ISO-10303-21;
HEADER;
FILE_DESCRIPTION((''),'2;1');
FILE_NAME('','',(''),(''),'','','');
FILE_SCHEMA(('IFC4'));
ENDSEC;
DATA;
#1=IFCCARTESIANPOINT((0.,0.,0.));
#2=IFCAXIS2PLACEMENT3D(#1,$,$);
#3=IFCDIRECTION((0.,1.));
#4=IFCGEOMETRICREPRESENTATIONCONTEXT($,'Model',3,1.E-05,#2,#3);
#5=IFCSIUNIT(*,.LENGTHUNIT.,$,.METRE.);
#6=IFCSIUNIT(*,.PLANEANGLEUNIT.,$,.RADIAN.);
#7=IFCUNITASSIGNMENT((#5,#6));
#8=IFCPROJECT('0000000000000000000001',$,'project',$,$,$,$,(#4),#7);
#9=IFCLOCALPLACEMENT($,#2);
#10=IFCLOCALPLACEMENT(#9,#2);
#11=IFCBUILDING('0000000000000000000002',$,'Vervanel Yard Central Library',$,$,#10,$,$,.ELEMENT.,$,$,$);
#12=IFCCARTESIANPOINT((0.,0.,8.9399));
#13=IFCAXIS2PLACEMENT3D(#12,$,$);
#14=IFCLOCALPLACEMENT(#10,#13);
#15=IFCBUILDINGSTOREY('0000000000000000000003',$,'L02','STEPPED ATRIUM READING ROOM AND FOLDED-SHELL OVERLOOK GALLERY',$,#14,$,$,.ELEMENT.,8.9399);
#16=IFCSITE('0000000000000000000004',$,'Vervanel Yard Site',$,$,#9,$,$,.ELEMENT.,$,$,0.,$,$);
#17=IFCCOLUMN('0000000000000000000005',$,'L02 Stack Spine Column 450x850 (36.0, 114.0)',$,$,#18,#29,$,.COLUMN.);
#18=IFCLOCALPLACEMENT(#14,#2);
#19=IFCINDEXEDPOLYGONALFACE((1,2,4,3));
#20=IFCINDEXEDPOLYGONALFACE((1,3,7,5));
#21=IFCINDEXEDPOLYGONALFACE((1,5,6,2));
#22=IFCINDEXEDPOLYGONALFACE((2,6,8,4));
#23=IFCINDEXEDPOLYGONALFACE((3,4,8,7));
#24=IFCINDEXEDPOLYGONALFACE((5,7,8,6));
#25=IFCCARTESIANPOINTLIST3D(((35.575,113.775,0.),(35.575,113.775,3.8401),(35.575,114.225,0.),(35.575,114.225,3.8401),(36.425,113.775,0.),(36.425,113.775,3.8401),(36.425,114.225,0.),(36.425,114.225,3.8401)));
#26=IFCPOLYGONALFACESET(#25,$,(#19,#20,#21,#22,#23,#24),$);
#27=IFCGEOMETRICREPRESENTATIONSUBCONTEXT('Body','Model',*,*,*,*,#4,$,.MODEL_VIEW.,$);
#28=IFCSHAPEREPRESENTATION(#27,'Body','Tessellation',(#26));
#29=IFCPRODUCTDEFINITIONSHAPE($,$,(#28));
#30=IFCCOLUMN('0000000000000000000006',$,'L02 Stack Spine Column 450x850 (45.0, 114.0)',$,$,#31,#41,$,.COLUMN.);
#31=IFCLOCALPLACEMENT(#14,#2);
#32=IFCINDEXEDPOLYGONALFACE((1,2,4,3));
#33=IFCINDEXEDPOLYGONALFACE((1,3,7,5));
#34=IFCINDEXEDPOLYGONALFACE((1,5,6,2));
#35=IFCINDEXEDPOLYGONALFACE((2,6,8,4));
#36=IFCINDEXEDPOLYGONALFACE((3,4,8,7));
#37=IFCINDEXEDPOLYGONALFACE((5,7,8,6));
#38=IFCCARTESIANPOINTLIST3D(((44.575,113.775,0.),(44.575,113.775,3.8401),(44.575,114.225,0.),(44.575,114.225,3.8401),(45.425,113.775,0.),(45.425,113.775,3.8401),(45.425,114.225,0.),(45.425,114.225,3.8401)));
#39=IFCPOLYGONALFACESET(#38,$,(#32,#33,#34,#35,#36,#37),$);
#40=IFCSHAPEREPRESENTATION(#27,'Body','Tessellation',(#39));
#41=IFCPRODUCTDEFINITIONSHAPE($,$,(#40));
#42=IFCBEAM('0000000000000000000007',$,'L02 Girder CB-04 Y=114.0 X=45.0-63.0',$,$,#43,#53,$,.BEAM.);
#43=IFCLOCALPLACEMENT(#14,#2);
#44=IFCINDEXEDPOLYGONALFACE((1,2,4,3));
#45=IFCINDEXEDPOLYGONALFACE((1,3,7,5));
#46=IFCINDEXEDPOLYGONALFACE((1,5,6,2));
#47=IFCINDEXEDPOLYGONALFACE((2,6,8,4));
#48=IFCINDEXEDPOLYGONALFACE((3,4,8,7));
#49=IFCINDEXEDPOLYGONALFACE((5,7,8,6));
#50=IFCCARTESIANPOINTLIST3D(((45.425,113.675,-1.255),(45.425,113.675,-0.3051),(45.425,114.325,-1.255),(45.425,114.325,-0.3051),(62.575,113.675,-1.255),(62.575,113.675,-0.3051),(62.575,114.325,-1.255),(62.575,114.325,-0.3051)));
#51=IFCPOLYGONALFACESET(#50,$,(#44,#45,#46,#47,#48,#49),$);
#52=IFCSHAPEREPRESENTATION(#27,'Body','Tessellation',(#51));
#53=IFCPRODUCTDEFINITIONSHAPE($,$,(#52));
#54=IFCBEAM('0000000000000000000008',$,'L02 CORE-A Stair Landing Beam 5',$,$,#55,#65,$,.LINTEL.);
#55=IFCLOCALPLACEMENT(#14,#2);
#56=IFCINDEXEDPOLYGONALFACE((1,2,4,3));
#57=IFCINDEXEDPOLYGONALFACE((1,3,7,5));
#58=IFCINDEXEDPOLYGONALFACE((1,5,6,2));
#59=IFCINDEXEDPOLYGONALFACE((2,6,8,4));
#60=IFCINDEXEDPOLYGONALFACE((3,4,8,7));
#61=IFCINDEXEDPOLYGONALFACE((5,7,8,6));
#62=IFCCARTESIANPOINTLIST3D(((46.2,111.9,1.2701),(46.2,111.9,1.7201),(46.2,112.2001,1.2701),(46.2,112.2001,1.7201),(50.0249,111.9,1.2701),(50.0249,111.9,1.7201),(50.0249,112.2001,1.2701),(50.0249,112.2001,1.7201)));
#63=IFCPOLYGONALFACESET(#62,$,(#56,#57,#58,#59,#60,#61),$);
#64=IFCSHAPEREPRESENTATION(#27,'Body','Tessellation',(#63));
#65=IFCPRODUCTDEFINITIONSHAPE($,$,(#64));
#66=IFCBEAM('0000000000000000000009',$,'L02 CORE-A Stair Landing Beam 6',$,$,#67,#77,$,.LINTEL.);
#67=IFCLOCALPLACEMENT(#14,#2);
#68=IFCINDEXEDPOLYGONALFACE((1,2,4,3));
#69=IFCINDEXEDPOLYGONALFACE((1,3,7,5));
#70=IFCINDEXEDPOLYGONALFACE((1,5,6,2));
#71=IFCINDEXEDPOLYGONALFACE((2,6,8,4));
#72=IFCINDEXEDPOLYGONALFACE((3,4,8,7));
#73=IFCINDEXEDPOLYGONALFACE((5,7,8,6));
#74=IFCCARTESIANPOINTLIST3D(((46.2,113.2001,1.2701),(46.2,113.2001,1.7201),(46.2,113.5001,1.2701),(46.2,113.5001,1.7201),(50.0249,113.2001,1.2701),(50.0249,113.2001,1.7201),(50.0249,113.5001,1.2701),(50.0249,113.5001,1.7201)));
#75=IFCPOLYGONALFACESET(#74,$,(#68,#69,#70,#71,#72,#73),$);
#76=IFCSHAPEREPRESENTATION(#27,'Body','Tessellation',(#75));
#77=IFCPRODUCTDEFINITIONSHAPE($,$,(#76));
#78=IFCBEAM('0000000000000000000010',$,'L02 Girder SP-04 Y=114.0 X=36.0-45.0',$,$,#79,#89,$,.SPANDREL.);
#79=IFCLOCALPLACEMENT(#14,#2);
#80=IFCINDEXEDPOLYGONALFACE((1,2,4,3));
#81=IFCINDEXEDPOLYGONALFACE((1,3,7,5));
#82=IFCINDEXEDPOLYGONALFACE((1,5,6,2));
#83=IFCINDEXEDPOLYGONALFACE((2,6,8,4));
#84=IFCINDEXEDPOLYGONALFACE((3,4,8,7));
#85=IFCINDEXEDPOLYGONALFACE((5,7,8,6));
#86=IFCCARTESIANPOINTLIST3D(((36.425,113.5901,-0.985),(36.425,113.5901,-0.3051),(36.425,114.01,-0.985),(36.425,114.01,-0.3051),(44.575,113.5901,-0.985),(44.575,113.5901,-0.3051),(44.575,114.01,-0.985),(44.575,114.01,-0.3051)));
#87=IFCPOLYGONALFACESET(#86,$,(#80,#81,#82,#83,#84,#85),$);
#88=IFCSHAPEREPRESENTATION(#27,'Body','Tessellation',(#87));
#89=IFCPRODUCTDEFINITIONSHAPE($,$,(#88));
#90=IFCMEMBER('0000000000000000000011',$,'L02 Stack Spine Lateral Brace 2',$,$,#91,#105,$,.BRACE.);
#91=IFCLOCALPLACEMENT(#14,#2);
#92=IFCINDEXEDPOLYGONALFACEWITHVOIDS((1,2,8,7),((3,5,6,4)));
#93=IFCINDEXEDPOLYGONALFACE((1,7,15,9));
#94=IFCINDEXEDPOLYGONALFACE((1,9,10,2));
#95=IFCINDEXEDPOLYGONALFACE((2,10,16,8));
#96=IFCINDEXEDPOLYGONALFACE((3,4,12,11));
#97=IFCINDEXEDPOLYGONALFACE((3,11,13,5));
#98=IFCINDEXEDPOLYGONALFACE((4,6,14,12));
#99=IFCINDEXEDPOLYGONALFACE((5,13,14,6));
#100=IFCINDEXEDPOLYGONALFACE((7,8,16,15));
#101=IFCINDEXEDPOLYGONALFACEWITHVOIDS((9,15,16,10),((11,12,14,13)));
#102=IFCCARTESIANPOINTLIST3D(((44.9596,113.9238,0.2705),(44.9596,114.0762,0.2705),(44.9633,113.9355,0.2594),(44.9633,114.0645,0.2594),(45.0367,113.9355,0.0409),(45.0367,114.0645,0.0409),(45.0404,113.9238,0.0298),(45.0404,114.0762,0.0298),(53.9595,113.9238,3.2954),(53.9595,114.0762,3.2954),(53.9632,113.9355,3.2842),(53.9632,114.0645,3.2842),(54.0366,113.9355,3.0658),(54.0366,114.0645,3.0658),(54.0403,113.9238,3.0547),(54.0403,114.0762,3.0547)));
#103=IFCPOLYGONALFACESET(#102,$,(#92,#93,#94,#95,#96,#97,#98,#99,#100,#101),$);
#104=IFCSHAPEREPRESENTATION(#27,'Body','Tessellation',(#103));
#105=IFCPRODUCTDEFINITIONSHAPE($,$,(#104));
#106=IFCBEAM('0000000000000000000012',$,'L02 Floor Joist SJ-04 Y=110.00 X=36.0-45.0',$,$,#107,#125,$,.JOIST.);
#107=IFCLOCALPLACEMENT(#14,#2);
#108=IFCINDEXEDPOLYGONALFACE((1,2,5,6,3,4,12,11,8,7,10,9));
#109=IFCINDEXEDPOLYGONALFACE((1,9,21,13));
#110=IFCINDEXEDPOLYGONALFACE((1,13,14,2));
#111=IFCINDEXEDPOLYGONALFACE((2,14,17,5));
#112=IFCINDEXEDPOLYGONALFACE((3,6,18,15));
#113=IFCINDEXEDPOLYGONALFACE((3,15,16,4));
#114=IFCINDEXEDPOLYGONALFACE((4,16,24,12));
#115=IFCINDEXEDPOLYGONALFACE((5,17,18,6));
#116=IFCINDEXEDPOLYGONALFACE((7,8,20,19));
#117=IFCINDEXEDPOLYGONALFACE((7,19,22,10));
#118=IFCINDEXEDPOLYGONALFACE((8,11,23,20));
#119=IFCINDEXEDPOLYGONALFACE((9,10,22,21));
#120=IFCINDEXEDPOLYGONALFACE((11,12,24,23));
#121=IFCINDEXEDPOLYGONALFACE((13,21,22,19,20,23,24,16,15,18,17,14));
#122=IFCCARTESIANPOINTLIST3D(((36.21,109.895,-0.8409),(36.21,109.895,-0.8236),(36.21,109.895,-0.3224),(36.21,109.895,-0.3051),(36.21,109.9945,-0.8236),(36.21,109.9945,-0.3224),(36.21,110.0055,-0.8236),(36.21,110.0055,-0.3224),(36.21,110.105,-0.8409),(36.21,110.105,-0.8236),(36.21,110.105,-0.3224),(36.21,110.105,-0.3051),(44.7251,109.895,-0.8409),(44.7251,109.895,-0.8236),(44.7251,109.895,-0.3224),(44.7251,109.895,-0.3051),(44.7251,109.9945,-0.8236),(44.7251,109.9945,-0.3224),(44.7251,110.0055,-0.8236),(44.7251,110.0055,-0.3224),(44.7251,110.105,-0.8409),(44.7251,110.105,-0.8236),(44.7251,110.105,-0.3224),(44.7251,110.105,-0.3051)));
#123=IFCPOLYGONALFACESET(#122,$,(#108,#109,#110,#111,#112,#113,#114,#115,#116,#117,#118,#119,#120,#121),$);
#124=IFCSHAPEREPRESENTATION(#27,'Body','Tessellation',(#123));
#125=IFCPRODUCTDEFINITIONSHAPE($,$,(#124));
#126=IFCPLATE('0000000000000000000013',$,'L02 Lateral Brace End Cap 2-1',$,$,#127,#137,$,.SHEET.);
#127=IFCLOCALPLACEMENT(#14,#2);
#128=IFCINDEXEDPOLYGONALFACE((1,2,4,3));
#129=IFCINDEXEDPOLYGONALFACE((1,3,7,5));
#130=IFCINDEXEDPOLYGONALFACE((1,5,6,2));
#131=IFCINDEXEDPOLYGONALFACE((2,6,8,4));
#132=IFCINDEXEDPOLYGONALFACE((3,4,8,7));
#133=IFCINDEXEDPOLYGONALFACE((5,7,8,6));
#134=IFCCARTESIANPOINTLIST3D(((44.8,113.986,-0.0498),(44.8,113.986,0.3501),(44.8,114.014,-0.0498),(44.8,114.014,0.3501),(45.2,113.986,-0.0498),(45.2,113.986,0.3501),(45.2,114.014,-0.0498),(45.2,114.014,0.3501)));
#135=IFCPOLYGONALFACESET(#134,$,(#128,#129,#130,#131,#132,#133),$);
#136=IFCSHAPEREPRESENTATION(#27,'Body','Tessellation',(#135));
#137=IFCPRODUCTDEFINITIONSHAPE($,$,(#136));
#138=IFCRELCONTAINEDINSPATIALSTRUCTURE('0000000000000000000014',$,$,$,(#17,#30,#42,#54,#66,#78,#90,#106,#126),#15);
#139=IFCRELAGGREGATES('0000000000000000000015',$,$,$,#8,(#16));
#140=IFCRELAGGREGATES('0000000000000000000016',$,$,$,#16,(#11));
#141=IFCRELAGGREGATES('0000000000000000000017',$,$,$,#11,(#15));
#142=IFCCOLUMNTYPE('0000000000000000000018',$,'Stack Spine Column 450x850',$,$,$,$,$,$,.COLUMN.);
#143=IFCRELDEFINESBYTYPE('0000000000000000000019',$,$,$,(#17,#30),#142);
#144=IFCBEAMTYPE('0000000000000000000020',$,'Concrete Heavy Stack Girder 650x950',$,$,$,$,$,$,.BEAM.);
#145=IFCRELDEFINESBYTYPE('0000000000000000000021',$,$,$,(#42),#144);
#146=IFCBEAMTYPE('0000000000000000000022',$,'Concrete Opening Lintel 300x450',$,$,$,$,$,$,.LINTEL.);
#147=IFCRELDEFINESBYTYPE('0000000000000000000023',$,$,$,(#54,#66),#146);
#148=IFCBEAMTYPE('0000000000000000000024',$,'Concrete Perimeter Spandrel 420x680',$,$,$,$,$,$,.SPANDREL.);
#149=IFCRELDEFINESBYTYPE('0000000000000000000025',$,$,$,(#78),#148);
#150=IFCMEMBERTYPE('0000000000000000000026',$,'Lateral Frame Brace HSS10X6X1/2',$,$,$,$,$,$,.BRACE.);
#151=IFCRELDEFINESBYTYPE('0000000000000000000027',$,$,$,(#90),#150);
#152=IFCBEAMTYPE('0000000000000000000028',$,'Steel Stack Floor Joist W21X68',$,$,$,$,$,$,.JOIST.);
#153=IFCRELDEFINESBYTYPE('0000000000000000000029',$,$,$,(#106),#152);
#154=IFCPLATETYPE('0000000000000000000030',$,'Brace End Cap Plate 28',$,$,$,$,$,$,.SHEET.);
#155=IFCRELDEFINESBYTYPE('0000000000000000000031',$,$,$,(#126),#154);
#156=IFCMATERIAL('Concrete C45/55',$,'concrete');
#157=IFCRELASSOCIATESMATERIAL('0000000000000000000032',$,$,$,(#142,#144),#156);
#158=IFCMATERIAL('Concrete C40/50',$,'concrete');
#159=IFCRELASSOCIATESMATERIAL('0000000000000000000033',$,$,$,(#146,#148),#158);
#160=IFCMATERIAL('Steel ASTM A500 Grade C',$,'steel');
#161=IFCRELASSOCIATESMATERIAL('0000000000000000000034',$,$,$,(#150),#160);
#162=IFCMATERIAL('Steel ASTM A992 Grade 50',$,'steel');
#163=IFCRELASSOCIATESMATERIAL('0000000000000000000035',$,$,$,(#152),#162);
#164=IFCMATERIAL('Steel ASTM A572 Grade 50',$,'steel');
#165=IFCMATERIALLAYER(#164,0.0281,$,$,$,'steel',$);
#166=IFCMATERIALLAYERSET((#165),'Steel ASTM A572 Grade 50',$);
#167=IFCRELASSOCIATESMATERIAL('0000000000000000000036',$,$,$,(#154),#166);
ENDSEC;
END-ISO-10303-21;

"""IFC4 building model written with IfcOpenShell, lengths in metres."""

from ifc_helpers import new_model, si_unit, direction, frame, origin, origin_2d, place, context, subcontext, project, spatial, rectangle, hollow_rectangle, i_section, extrude, material, layer, layer_set, material_profile, profile_set, type_object, element, save


model = new_model("IFC4")

# Units and contexts
model_context = context("Model", 3, precision=1e-05, world=origin(), true_north=direction((0.0, 1.0)))
body_context = subcontext(model_context, "Body", "Model", "MODEL_VIEW")
ifc_project = project(units=[si_unit("LENGTHUNIT", "METRE"), si_unit("PLANEANGLEUNIT", "RADIAN")], contexts=[model_context])

# Site, building, storey
site_placement = place(None, origin())
site = spatial("IfcSite", under=ifc_project, at=site_placement, Name="Vervanel Yard Site", CompositionType="ELEMENT", RefElevation=0.0)
building_placement = place(site_placement, origin())
building = spatial("IfcBuilding", under=site, at=building_placement, Name="Vervanel Yard Central Library", CompositionType="ELEMENT")
storey_placement = place(building_placement, frame((0.0, 0.0, 8.9399)))
storey = spatial("IfcBuildingStorey", under=building, at=storey_placement, Name="L02", Description="STEPPED ATRIUM READING ROOM AND FOLDED-SHELL OVERLOOK GALLERY", CompositionType="ELEMENT", Elevation=8.9399)

# Columns
ifc_material_1 = material(Name="Concrete C45/55", Category="concrete")
ifc_material_profile_1 = material_profile(ifc_material_1, rectangle(XDim=0.45, YDim=0.8501, at=origin_2d()), Name="RC 450x850", Category="concrete")
ifc_profile_set_1 = profile_set([ifc_material_profile_1], Name="Concrete C45/55")
column_type = type_object("IfcColumnType", Name="Stack Spine Column 450x850", PredefinedType="COLUMN", material=ifc_profile_set_1)
for number, where, z_axis, x_axis, name in (
    (1, (36.0, 114.0, 0.0), (0.0, 0.0, 1.0), (0.0, 1.0, 0.0), "L02 Stack Spine Column 450x850 (36.0, 114.0)"),
    (2, (45.0, 114.0, 0.0), (0.0, 0.0, 1.0), (0.0, 1.0, 0.0), "L02 Stack Spine Column 450x850 (45.0, 114.0)"),
):
    element("IfcColumn", number, at=place(storey_placement, frame(where, z_axis=z_axis, x_axis=x_axis)), inside=storey, type_object=column_type, Name=name, PredefinedType="COLUMN", context=body_context, shape_type="SweptSolid", body=[
        extrude(rectangle(XDim=0.45, YDim=0.8501, at=origin_2d()), origin(), (0.0, 0.0, 1.0), 3.8401),
    ])

# Beams
ifc_material_profile_2 = material_profile(ifc_material_1, rectangle(XDim=0.6499, YDim=0.95, at=origin_2d()), Name="RC 650x950", Category="concrete")
ifc_profile_set_2 = profile_set([ifc_material_profile_2], Name="Concrete C45/55")
beam_type_1 = type_object("IfcBeamType", Name="Concrete Heavy Stack Girder 650x950", PredefinedType="BEAM", material=ifc_profile_set_2)
beam_1_placement = place(storey_placement, frame((45.425, 114.0, -0.78), z_axis=(1.0, 0.0, 0.0), x_axis=(0.0, 1.0, 0.0)))
element("IfcBeam", 3, at=beam_1_placement, inside=storey, type_object=beam_type_1, Name="L02 Girder CB-04 Y=114.0 X=45.0-63.0", PredefinedType="BEAM", context=body_context, shape_type="SweptSolid", body=[
    extrude(rectangle(XDim=0.6499, YDim=0.95, at=origin_2d()), origin(), (0.0, 0.0, 1.0), 17.1499),
])
ifc_material_2 = material(Name="Concrete C40/50", Category="concrete")
ifc_material_profile_3 = material_profile(ifc_material_2, rectangle(XDim=0.3, YDim=0.45, at=origin_2d()), Name="RC 300x450", Category="concrete")
ifc_profile_set_3 = profile_set([ifc_material_profile_3], Name="Concrete C40/50")
beam_type_2 = type_object("IfcBeamType", Name="Concrete Opening Lintel 300x450", PredefinedType="LINTEL", material=ifc_profile_set_3)
for number, where, z_axis, x_axis, name in (
    (4, (46.2, 112.05, 1.4951), (1.0, 0.0, 0.0), (0.0, 1.0, 0.0), "L02 CORE-A Stair Landing Beam 5"),
    (5, (46.2, 113.3501, 1.4951), (1.0, 0.0, 0.0), (0.0, 1.0, 0.0), "L02 CORE-A Stair Landing Beam 6"),
):
    element("IfcBeam", number, at=place(storey_placement, frame(where, z_axis=z_axis, x_axis=x_axis)), inside=storey, type_object=beam_type_2, Name=name, PredefinedType="LINTEL", context=body_context, shape_type="SweptSolid", body=[
        extrude(rectangle(XDim=0.3, YDim=0.45, at=origin_2d()), origin(), (0.0, 0.0, 1.0), 3.825),
    ])
ifc_material_profile_4 = material_profile(ifc_material_2, rectangle(XDim=0.4199, YDim=0.6799, at=origin_2d()), Name="RC 420x680", Category="concrete")
ifc_profile_set_4 = profile_set([ifc_material_profile_4], Name="Concrete C40/50")
beam_type_3 = type_object("IfcBeamType", Name="Concrete Perimeter Spandrel 420x680", PredefinedType="SPANDREL", material=ifc_profile_set_4)
beam_2_placement = place(storey_placement, frame((36.425, 113.8, -0.645), z_axis=(1.0, 0.0, 0.0), x_axis=(0.0, 1.0, 0.0)))
element("IfcBeam", 6, at=beam_2_placement, inside=storey, type_object=beam_type_3, Name="L02 Girder SP-04 Y=114.0 X=36.0-45.0", PredefinedType="SPANDREL", context=body_context, shape_type="SweptSolid", body=[
    extrude(rectangle(XDim=0.4199, YDim=0.6799, at=origin_2d()), origin(), (0.0, 0.0, 1.0), 8.1499),
])

# Member
ifc_material_3 = material(Name="Steel ASTM A500 Grade C", Category="steel")
ifc_material_profile_5 = material_profile(ifc_material_3, hollow_rectangle(XDim=0.1523, YDim=0.2539, WallThickness=0.0117, at=origin_2d()), Name="HSS10X6X1/2", Category="steel")
ifc_profile_set_5 = profile_set([ifc_material_profile_5], Name="Steel ASTM A500 Grade C")
member_type = type_object("IfcMemberType", Name="Lateral Frame Brace HSS10X6X1/2", PredefinedType="BRACE", material=ifc_profile_set_5)
member_placement = place(storey_placement, frame((45.0, 114.0, 0.1501), z_axis=(0.947894, 0.0, 0.318587), x_axis=(0.0, 1.0, 0.0)))
element("IfcMember", 7, at=member_placement, inside=storey, type_object=member_type, Name="L02 Stack Spine Lateral Brace 2", PredefinedType="BRACE", context=body_context, shape_type="SweptSolid", body=[
    extrude(hollow_rectangle(XDim=0.1523, YDim=0.2539, WallThickness=0.0117, at=origin_2d()), origin(), (0.0, 0.0, 1.0), 9.4946),
])

# Beam
ifc_material_4 = material(Name="Steel ASTM A992 Grade 50", Category="steel")
ifc_material_profile_6 = material_profile(ifc_material_4, i_section(OverallWidth=0.21, OverallDepth=0.5359, WebThickness=0.011, FlangeThickness=0.0173, at=origin_2d()), Name="W21X68", Category="steel")
ifc_profile_set_6 = profile_set([ifc_material_profile_6], Name="Steel ASTM A992 Grade 50")
beam_type_4 = type_object("IfcBeamType", Name="Steel Stack Floor Joist W21X68", PredefinedType="JOIST", material=ifc_profile_set_6)
beam_3_placement = place(storey_placement, frame((36.21, 110.0, -0.573), z_axis=(1.0, 0.0, 0.0), x_axis=(0.0, 1.0, 0.0)))
element("IfcBeam", 8, at=beam_3_placement, inside=storey, type_object=beam_type_4, Name="L02 Floor Joist SJ-04 Y=110.00 X=36.0-45.0", PredefinedType="JOIST", context=body_context, shape_type="SweptSolid", body=[
    extrude(i_section(OverallWidth=0.21, OverallDepth=0.5359, WebThickness=0.011, FlangeThickness=0.0173, at=origin_2d()), origin(), (0.0, 0.0, 1.0), 8.5151),
])

# Plate
ifc_material_5 = material(Name="Steel ASTM A572 Grade 50", Category="steel")
ifc_layer_1 = layer(ifc_material_5, 0.0281, Category="steel")
ifc_layer_set_1 = layer_set([ifc_layer_1], Name="Steel ASTM A572 Grade 50")
plate_type = type_object("IfcPlateType", Name="Brace End Cap Plate 28", PredefinedType="SHEET", material=ifc_layer_set_1)
plate_placement = place(storey_placement, frame((45.0, 114.0, -0.0498), z_axis=(0.0, 0.0, 1.0), x_axis=(1.0, 0.0, 0.0)))
element("IfcPlate", 9, at=plate_placement, inside=storey, type_object=plate_type, Name="L02 Lateral Brace End Cap 2-1", PredefinedType="SHEET", context=body_context, shape_type="SweptSolid", body=[
    extrude(rectangle(XDim=0.3999, YDim=0.0281, at=origin_2d()), origin(), (0.0, 0.0, 1.0), 0.3999),
])

save(model, "model.ifc")
